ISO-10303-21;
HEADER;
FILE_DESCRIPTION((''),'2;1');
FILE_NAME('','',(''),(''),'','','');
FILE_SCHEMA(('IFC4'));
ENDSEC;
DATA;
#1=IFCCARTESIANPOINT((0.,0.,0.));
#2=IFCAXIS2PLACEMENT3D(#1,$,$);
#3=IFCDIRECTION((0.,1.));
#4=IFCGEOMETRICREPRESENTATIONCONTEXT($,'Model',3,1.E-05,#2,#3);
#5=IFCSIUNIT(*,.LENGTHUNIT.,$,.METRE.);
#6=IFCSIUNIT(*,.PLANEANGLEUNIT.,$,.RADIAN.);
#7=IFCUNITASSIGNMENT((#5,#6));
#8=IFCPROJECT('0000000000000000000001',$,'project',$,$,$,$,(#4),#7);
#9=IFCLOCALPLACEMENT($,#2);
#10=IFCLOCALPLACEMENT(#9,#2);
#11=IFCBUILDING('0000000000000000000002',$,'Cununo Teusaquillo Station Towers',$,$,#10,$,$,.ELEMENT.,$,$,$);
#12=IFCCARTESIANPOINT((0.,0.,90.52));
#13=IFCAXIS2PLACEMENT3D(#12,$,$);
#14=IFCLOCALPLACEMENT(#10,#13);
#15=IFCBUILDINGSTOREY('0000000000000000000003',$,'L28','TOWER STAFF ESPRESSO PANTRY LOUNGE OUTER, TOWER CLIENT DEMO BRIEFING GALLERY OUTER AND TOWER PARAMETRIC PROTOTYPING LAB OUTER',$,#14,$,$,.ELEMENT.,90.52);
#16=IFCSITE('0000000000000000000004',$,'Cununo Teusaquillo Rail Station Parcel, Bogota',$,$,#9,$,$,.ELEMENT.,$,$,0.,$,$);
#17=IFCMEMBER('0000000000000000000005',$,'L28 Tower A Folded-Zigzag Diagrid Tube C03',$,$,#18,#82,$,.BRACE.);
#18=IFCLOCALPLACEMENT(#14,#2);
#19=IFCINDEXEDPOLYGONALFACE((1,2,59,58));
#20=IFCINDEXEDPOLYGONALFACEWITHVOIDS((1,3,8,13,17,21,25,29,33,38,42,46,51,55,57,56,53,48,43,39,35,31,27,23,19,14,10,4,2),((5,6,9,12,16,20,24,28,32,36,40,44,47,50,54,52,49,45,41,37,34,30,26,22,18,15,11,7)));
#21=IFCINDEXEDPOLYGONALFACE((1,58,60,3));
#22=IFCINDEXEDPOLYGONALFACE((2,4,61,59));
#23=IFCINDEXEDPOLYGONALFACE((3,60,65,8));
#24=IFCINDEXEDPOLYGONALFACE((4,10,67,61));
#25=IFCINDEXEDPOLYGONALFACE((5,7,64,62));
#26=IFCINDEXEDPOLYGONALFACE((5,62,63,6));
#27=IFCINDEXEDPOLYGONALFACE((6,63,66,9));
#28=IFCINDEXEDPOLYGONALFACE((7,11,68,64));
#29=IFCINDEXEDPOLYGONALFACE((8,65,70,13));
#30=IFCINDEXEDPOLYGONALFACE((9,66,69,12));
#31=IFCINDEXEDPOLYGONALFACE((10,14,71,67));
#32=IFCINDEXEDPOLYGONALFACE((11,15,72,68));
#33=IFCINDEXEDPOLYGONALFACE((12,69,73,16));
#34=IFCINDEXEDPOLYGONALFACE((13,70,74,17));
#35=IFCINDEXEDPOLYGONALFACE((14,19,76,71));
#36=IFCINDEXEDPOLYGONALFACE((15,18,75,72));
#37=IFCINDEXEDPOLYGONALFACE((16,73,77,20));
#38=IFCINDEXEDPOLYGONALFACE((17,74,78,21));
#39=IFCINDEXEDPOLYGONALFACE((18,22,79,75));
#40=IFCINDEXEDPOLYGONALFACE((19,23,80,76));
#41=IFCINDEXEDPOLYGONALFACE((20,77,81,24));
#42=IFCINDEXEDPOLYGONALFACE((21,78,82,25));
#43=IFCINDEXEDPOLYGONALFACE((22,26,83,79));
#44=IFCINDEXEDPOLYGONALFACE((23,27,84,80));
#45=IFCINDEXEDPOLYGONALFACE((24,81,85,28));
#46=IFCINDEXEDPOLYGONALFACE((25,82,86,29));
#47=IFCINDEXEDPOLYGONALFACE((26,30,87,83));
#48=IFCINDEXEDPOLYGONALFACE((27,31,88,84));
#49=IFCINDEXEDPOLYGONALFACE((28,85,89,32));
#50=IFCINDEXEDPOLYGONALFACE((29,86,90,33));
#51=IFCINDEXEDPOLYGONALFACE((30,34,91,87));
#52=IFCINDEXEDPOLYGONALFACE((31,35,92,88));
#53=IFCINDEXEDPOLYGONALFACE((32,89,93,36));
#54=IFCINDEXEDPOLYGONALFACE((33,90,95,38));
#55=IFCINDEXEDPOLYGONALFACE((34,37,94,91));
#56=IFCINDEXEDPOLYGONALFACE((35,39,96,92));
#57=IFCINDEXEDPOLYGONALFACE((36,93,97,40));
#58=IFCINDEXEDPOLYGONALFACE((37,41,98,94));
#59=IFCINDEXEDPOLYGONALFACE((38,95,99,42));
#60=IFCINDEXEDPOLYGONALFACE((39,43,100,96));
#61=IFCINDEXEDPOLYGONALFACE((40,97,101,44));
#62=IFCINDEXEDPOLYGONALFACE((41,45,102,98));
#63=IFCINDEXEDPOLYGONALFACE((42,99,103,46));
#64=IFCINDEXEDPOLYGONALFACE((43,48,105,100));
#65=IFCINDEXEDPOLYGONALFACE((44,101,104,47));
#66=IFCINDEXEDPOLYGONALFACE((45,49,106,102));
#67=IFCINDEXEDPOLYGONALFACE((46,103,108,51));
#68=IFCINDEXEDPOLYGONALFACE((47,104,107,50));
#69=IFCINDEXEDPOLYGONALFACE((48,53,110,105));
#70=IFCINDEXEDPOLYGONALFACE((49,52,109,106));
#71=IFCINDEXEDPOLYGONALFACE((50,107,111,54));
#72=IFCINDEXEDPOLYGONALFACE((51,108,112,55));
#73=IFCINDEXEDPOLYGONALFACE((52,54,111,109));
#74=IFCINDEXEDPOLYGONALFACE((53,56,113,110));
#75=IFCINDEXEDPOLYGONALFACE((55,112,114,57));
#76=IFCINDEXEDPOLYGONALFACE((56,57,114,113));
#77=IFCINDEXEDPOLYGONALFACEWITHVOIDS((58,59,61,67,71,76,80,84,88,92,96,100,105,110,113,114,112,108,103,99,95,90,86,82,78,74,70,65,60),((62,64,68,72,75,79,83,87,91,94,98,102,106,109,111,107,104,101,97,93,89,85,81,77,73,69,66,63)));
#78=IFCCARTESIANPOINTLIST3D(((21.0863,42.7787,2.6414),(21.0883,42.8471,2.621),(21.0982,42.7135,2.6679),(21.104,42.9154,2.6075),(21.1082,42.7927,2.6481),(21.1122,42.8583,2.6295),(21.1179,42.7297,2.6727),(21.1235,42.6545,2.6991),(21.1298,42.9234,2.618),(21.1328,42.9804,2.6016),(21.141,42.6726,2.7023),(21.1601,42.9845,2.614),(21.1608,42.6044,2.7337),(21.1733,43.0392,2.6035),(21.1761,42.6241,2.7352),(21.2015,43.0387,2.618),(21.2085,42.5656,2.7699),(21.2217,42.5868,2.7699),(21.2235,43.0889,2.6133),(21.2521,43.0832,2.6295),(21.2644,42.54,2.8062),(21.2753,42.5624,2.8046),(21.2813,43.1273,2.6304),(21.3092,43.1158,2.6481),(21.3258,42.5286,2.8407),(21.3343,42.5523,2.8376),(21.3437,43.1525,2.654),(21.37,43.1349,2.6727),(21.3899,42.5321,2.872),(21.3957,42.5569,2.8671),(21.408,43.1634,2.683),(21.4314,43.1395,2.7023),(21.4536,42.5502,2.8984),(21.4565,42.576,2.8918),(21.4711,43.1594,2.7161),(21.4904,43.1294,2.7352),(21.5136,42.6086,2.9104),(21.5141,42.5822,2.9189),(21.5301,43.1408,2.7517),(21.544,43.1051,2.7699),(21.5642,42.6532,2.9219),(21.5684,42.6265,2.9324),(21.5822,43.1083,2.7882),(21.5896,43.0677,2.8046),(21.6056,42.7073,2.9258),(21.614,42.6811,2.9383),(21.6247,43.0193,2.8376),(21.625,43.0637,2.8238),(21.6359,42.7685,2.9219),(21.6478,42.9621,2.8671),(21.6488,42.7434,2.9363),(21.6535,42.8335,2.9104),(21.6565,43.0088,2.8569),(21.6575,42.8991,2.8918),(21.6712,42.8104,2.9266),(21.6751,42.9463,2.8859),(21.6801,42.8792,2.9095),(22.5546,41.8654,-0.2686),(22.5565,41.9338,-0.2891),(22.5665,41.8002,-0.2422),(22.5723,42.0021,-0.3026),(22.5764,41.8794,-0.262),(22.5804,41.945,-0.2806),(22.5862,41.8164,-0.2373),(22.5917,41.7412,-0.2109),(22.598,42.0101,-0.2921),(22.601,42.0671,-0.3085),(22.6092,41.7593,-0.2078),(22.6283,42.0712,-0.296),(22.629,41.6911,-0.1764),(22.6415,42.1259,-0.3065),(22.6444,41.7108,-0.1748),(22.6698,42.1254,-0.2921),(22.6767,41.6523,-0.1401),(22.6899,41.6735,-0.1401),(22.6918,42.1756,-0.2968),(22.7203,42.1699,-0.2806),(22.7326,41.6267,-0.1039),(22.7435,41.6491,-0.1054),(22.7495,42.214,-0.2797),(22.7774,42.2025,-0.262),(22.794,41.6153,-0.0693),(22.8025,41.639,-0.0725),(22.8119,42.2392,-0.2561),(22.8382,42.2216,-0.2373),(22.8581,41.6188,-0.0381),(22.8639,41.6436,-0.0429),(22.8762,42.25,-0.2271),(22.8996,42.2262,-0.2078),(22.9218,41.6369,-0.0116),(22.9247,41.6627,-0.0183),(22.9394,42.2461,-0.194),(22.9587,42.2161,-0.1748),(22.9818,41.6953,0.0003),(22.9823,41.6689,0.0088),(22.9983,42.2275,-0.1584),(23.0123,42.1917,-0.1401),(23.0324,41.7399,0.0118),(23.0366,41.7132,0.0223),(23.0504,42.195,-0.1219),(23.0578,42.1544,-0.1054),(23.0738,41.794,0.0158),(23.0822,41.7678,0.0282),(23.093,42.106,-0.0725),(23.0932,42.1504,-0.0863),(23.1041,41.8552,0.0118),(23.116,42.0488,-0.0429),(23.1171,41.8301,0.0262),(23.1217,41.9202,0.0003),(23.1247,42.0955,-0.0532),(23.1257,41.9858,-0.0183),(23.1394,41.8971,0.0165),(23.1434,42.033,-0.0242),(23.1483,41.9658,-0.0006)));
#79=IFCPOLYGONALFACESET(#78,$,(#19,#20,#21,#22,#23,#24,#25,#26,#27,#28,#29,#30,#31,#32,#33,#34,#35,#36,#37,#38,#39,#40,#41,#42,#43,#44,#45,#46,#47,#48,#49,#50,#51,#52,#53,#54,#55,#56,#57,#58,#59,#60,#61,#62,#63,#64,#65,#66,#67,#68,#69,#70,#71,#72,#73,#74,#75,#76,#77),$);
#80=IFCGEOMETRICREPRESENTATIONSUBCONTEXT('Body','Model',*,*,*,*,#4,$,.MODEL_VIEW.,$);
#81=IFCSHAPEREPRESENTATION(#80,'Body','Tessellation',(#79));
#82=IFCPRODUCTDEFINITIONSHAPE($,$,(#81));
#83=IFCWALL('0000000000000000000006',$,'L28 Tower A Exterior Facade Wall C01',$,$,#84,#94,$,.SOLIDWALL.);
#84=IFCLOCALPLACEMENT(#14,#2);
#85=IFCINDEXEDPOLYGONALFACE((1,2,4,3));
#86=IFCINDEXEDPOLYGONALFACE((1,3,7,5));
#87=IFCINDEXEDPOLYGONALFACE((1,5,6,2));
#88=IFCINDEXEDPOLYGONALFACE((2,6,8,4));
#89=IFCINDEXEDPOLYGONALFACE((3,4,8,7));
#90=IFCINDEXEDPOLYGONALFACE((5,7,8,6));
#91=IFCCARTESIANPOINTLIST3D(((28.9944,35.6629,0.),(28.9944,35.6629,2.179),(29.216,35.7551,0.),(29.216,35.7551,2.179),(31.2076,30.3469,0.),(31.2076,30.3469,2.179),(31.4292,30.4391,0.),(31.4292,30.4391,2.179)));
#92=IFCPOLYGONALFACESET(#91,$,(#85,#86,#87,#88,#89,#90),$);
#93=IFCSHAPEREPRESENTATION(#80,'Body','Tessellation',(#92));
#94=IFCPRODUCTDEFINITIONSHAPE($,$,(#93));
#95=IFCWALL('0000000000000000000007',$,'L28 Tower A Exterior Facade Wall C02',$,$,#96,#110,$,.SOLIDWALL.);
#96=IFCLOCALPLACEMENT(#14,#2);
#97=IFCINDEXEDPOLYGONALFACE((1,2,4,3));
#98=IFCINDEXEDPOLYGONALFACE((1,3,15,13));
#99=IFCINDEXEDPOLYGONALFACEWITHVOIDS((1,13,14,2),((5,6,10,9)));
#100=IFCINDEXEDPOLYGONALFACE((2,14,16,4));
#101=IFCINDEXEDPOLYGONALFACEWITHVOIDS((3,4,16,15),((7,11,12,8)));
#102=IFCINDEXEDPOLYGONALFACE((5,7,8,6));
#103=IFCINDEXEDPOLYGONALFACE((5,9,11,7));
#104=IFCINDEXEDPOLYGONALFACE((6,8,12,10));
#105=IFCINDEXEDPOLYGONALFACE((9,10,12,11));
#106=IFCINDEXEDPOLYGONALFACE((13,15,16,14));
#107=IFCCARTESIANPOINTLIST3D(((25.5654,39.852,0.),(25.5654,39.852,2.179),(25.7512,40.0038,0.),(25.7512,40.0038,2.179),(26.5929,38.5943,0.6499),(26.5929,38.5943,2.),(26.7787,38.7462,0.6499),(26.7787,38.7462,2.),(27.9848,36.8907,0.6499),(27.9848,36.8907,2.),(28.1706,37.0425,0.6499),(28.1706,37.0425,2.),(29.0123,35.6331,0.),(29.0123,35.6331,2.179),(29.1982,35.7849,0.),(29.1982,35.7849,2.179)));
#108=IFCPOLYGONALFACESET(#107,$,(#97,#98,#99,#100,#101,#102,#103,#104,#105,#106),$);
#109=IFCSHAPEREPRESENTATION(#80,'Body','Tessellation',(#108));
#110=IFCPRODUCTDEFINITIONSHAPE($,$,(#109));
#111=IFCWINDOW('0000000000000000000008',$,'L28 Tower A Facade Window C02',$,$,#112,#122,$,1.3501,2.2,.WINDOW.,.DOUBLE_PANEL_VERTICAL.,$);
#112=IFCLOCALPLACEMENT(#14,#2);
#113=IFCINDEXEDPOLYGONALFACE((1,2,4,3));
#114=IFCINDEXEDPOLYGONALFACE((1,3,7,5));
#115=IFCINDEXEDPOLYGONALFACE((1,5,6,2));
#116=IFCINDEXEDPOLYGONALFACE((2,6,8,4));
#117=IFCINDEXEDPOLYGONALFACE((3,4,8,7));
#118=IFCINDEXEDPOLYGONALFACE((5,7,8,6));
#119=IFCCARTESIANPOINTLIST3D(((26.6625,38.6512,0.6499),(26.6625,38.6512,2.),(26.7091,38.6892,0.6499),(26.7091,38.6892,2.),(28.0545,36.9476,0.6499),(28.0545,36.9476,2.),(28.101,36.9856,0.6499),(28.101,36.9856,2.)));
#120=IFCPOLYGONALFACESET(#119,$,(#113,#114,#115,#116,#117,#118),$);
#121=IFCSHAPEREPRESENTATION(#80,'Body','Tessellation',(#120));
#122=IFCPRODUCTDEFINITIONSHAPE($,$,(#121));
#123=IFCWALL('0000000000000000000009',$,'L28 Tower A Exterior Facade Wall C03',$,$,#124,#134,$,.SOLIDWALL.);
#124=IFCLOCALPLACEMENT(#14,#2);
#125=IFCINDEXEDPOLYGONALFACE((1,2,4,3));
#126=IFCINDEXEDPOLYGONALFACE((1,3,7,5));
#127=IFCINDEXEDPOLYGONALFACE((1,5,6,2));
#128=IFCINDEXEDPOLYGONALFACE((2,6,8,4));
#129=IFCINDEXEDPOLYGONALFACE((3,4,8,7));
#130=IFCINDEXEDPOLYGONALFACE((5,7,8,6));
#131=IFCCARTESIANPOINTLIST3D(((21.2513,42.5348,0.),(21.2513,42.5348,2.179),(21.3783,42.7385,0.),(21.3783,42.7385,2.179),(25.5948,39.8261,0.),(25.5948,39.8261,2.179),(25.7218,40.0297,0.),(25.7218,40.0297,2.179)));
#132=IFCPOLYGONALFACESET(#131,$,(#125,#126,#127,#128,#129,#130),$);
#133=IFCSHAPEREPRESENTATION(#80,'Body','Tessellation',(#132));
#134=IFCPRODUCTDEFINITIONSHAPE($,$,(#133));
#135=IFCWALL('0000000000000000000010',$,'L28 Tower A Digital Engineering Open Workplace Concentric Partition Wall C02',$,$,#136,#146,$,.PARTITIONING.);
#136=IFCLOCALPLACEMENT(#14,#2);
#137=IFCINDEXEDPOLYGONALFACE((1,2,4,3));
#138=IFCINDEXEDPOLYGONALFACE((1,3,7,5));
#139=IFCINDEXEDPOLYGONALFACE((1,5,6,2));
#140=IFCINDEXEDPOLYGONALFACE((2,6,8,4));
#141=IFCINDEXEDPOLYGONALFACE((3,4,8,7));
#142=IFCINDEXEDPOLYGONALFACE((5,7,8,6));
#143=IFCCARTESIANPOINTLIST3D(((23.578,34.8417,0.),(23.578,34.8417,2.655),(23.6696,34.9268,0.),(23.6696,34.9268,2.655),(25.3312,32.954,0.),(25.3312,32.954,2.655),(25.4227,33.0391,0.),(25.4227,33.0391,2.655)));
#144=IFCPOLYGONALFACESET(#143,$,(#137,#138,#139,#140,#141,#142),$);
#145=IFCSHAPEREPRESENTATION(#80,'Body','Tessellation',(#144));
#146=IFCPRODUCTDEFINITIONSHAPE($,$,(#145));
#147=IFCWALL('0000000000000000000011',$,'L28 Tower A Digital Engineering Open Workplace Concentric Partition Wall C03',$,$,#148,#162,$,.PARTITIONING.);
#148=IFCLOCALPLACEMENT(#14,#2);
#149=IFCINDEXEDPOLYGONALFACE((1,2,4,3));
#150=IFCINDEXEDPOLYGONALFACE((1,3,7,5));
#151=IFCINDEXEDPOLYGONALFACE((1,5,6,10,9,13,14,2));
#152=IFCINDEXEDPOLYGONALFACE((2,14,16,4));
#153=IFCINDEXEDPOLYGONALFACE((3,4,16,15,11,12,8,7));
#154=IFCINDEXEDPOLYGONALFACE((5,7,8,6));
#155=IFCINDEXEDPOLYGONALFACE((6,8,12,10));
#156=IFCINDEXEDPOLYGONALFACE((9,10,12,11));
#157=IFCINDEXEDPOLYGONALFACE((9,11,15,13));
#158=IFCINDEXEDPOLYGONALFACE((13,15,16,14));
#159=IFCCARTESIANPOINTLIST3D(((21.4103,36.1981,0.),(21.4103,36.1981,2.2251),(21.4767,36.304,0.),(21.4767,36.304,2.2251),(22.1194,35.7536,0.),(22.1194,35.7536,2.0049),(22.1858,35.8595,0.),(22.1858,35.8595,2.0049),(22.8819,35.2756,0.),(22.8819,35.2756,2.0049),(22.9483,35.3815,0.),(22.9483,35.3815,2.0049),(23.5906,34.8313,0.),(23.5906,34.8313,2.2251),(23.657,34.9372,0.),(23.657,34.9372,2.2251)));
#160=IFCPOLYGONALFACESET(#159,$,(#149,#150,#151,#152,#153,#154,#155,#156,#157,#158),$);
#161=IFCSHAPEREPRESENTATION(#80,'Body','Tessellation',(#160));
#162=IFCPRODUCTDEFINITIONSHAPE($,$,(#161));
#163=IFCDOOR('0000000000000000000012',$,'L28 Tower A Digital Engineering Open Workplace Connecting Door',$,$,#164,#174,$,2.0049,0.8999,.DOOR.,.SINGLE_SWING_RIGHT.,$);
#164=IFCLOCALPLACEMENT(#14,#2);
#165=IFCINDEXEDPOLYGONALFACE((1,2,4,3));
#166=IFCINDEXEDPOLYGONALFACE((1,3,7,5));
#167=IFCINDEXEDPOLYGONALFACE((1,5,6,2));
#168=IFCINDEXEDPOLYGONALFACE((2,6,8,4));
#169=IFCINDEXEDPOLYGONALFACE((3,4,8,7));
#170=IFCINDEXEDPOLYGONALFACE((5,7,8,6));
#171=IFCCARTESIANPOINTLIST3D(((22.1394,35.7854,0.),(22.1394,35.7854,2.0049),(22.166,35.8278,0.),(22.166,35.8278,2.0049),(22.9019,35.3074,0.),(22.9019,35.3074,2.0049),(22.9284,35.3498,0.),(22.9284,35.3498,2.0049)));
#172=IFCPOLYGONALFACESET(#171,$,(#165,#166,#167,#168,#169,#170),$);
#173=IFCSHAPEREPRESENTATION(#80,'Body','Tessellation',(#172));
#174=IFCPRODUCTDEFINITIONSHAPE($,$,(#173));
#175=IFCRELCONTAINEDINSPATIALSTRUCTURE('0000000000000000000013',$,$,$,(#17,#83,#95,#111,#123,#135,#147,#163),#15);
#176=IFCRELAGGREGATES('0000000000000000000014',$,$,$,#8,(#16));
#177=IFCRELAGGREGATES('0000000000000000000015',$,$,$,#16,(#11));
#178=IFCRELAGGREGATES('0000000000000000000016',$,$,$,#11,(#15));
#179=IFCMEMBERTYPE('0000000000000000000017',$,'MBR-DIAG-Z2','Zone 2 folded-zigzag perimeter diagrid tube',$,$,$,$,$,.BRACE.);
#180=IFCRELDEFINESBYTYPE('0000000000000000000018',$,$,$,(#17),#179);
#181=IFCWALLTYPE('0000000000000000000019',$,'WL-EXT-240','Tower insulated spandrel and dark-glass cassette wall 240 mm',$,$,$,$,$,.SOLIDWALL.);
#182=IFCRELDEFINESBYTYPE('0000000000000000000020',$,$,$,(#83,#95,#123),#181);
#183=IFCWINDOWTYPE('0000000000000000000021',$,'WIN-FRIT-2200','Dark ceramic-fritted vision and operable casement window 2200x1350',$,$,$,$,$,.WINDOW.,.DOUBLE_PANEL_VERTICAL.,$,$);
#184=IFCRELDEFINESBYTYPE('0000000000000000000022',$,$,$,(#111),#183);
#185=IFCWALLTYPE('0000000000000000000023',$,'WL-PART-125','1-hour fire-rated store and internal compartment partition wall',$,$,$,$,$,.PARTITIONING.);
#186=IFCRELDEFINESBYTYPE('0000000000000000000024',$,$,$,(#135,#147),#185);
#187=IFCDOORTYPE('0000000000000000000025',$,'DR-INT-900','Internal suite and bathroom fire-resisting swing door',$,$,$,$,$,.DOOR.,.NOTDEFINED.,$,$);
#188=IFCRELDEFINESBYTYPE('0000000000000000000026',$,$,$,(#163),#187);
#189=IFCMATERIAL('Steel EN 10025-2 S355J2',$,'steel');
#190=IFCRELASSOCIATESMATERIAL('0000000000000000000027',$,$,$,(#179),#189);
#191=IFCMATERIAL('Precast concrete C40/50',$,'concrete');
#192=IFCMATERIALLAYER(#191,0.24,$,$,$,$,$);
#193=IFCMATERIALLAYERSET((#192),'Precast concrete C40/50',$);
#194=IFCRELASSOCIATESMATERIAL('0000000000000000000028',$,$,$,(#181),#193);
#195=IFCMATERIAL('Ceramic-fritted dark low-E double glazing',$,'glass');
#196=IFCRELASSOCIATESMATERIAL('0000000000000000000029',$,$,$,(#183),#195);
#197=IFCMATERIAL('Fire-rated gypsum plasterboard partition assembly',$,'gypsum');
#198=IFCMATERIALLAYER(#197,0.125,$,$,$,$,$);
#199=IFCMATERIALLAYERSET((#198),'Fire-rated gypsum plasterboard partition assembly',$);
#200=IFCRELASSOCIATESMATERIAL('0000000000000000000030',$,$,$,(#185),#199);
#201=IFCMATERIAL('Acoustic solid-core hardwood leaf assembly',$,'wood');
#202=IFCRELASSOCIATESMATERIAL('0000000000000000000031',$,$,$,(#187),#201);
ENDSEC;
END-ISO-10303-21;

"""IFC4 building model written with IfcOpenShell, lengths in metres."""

from ifc_helpers import new_model, si_unit, direction, frame, frame_2d, origin, origin_2d, place, context, subcontext, project, spatial, rectangle, hollow_circle, extrude, source, transform, mapped, material, layer, layer_set, material_profile, profile_set, type_object, element, fill, save


model = new_model("IFC4")

# Units and contexts
model_context = context("Model", 3, precision=1e-05, world=origin(), true_north=direction((0.0, 1.0)))
body_context = subcontext(model_context, "Body", "Model", "MODEL_VIEW")
ifc_project = project(units=[si_unit("LENGTHUNIT", "METRE"), si_unit("PLANEANGLEUNIT", "RADIAN")], contexts=[model_context])

# Site, building, storey
site_placement = place(None, origin())
site = spatial("IfcSite", under=ifc_project, at=site_placement, Name="Cununo Teusaquillo Rail Station Parcel, Bogota", CompositionType="ELEMENT", RefElevation=0.0)
building_placement = place(site_placement, origin())
building = spatial("IfcBuilding", under=site, at=building_placement, Name="Cununo Teusaquillo Station Towers", CompositionType="ELEMENT")
storey_placement = place(building_placement, frame((0.0, 0.0, 90.52)))
storey = spatial("IfcBuildingStorey", under=building, at=storey_placement, Name="L28", Description="TOWER STAFF ESPRESSO PANTRY LOUNGE OUTER, TOWER CLIENT DEMO BRIEFING GALLERY OUTER AND TOWER PARAMETRIC PROTOTYPING LAB OUTER", CompositionType="ELEMENT", Elevation=90.52)

# Member
ifc_material_1 = material(Name="Steel EN 10025-2 S355J2", Category="steel")
ifc_material_profile_1 = material_profile(ifc_material_1, hollow_circle(Radius=0.3301, WallThickness=0.0249, at=origin_2d()), Name="CHS 660x25")
ifc_profile_set_1 = profile_set([ifc_material_profile_1], Name="Steel EN 10025-2 S355J2")
member_type = type_object("IfcMemberType", Name="MBR-DIAG-Z2", Description="Zone 2 folded-zigzag perimeter diagrid tube", PredefinedType="BRACE", material=ifc_profile_set_1)
member_1_placement = place(storey_placement, frame((22.8511, 41.9326, -0.1401), z_axis=(-0.433741, 0.269808, 0.859693), x_axis=(-0.528196, -0.849123, 0.0)))
element("IfcMember", 1, at=member_1_placement, inside=storey, type_object=member_type, Name="L28 Tower A Folded-Zigzag Diagrid Tube C03", PredefinedType="BRACE", context=body_context, shape_type="SweptSolid", body=[
    extrude(hollow_circle(Radius=0.3301, WallThickness=0.0249, at=origin_2d()), origin(), (0.0, 0.0, 1.0), 3.385),
])

# Wall
ifc_material_2 = material(Name="Precast concrete C40/50", Category="concrete")
ifc_layer_1 = layer(ifc_material_2, 0.24)
ifc_layer_set_1 = layer_set([ifc_layer_1], Name="Precast concrete C40/50")
wall_type_1 = type_object("IfcWallType", Name="WL-EXT-240", Description="Tower insulated spandrel and dark-glass cassette wall 240 mm", PredefinedType="SOLIDWALL", material=ifc_layer_set_1)
wall_1_placement = place(storey_placement, frame((29.1052, 35.709, 0.0), z_axis=(0.0, 0.0, 1.0), x_axis=(0.384344, -0.92319, 0.0)))
element("IfcWall", 2, at=wall_1_placement, inside=storey, type_object=wall_type_1, Name="L28 Tower A Exterior Facade Wall C01", PredefinedType="SOLIDWALL", context=body_context, shape_type="SweptSolid", body=[
    extrude(rectangle(XDim=5.7583, YDim=0.24, at=frame_2d((2.8792, 0.0))), origin(), (0.0, 0.0, 1.0), 2.179),
])

# Wall, opening, window
wall_2_placement = place(storey_placement, frame((25.6582, 39.928, 0.0), z_axis=(0.0, 0.0, 1.0), x_axis=(0.632701, -0.774396, 0.0)))
wall_2 = element("IfcWall", 3, at=wall_2_placement, inside=storey, type_object=wall_type_1, Name="L28 Tower A Exterior Facade Wall C02", PredefinedType="SOLIDWALL", context=body_context, shape_type="SweptSolid", body=[
    extrude(rectangle(XDim=5.448, YDim=0.24, at=frame_2d((2.7241, 0.0))), origin(), (0.0, 0.0, 1.0), 2.179),
])
shared_shape_1 = source(origin(), body_context, "Body", "SweptSolid", [
    extrude(rectangle(XDim=2.2, YDim=1.3501, at=frame_2d((1.1001, 0.675))), frame((0.0, 0.1299, 0.0), z_axis=(0.0, -1.0, 0.0), x_axis=(1.0, 0.0, 0.0)), (0.0, 0.0, 1.0), 0.26),
])
opening_1_placement = place(wall_2_placement, frame((1.624, 0.0, 0.6499)))
opening_1 = element("IfcOpeningElement", 4, at=opening_1_placement, cuts=wall_2, PredefinedType="OPENING", context=body_context, shape_type="MappedRepresentation", body=[
    mapped(shared_shape_1, transform((0.0, 0.0, 0.0), x_axis=(1.0, 0.0, 0.0), y_axis=(0.0, 1.0, 0.0), z_axis=(0.0, 0.0, 1.0), scale=1.0)),
])
ifc_material_3 = material(Name="Ceramic-fritted dark low-E double glazing", Category="glass")
window_type = type_object("IfcWindowType", Name="WIN-FRIT-2200", Description="Dark ceramic-fritted vision and operable casement window 2200x1350", PartitioningType="DOUBLE_PANEL_VERTICAL", PredefinedType="WINDOW", material=ifc_material_3)
shared_shape_2 = source(origin(), body_context, "Body", "SweptSolid", [
    extrude(rectangle(XDim=2.2, YDim=1.3501, at=frame_2d((1.1001, 0.675))), frame((0.0, 0.03, 0.0), z_axis=(0.0, -1.0, 0.0), x_axis=(1.0, 0.0, 0.0)), (0.0, 0.0, 1.0), 0.0601),
])
window_placement = place(opening_1_placement, origin())
window = element("IfcWindow", 5, at=window_placement, inside=storey, type_object=window_type, Name="L28 Tower A Facade Window C02", OverallHeight=1.3501, OverallWidth=2.2, PartitioningType="DOUBLE_PANEL_VERTICAL", PredefinedType="WINDOW", context=body_context, shape_type="MappedRepresentation", body=[
    mapped(shared_shape_2, transform((0.0, 0.0, 0.0), x_axis=(1.0, 0.0, 0.0), y_axis=(0.0, 1.0, 0.0), z_axis=(0.0, 0.0, 1.0), scale=1.0)),
])
fill(opening_1, window)

# Walls
wall_3_placement = place(storey_placement, frame((21.3147, 42.6367, 0.0), z_axis=(0.0, 0.0, 1.0), x_axis=(0.84852, -0.529163, 0.0)))
element("IfcWall", 6, at=wall_3_placement, inside=storey, type_object=wall_type_1, Name="L28 Tower A Exterior Facade Wall C03", PredefinedType="SOLIDWALL", context=body_context, shape_type="SweptSolid", body=[
    extrude(rectangle(XDim=5.1189, YDim=0.24, at=frame_2d((2.5596, 0.0))), origin(), (0.0, 0.0, 1.0), 2.179),
])
ifc_material_4 = material(Name="Fire-rated gypsum plasterboard partition assembly", Category="gypsum")
ifc_layer_2 = layer(ifc_material_4, 0.125)
ifc_layer_set_2 = layer_set([ifc_layer_2], Name="Fire-rated gypsum plasterboard partition assembly")
wall_type_2 = type_object("IfcWallType", Name="WL-PART-125", Description="1-hour fire-rated store and internal compartment partition wall", PredefinedType="PARTITIONING", material=ifc_layer_set_2)
wall_4_placement = place(storey_placement, frame((25.377, 32.9966, 0.0), z_axis=(0.0, 0.0, 1.0), x_axis=(-0.680517, 0.732733, 0.0)))
element("IfcWall", 7, at=wall_4_placement, inside=storey, type_object=wall_type_2, Name="L28 Tower A Digital Engineering Open Workplace Concentric Partition Wall C02", PredefinedType="PARTITIONING", context=body_context, shape_type="SweptSolid", body=[
    extrude(rectangle(XDim=2.5762, YDim=0.125, at=frame_2d((1.2881, 0.0))), origin(), (0.0, 0.0, 1.0), 2.655),
])

# Wall, opening, door
wall_5_placement = place(storey_placement, frame((23.6238, 34.8843, 0.0), z_axis=(0.0, 0.0, 1.0), x_axis=(-0.847283, 0.531141, 0.0)))
wall_5 = element("IfcWall", 8, at=wall_5_placement, inside=storey, type_object=wall_type_2, Name="L28 Tower A Digital Engineering Open Workplace Concentric Partition Wall C03", PredefinedType="PARTITIONING", context=body_context, shape_type="SweptSolid", body=[
    extrude(rectangle(XDim=2.5732, YDim=0.125, at=frame_2d((1.2866, 0.0))), origin(), (0.0, 0.0, 1.0), 2.2251),
])
shared_shape_3 = source(origin(), body_context, "Body", "SweptSolid", [
    extrude(rectangle(XDim=0.8999, YDim=2.0049, at=frame_2d((0.45, 1.0024))), frame((0.0, 0.0725, 0.0), z_axis=(0.0, -1.0, 0.0), x_axis=(1.0, 0.0, 0.0)), (0.0, 0.0, 1.0), 0.145),
])
opening_2_placement = place(wall_5_placement, frame((0.8364, 0.0, 0.0)))
opening_2 = element("IfcOpeningElement", 9, at=opening_2_placement, cuts=wall_5, PredefinedType="OPENING", context=body_context, shape_type="MappedRepresentation", body=[
    mapped(shared_shape_3, transform((0.0, 0.0, 0.0), x_axis=(1.0, 0.0, 0.0), y_axis=(0.0, 1.0, 0.0), z_axis=(0.0, 0.0, 1.0), scale=1.0)),
])
ifc_material_5 = material(Name="Acoustic solid-core hardwood leaf assembly", Category="wood")
door_type_1 = type_object("IfcDoorType", Name="DR-INT-900", Description="Internal suite and bathroom fire-resisting swing door", OperationType="NOTDEFINED", PredefinedType="DOOR", material=ifc_material_5)
shared_shape_4 = source(origin(), body_context, "Body", "SweptSolid", [
    extrude(rectangle(XDim=0.8999, YDim=2.0049, at=frame_2d((0.45, 1.0024))), frame((0.0, 0.0249, 0.0), z_axis=(0.0, -1.0, 0.0), x_axis=(1.0, 0.0, 0.0)), (0.0, 0.0, 1.0), 0.05),
])
door_1_placement = place(opening_2_placement, origin())
door_1 = element("IfcDoor", 10, at=door_1_placement, inside=storey, type_object=door_type_1, Name="L28 Tower A Digital Engineering Open Workplace Connecting Door", OperationType="SINGLE_SWING_RIGHT", OverallHeight=2.0049, OverallWidth=0.8999, PredefinedType="DOOR", context=body_context, shape_type="MappedRepresentation", body=[
    mapped(shared_shape_4, transform((0.0, 0.0, 0.0), x_axis=(1.0, 0.0, 0.0), y_axis=(0.0, 1.0, 0.0), z_axis=(0.0, 0.0, 1.0), scale=1.0)),
])
fill(opening_2, door_1)

save(model, "model.ifc")
